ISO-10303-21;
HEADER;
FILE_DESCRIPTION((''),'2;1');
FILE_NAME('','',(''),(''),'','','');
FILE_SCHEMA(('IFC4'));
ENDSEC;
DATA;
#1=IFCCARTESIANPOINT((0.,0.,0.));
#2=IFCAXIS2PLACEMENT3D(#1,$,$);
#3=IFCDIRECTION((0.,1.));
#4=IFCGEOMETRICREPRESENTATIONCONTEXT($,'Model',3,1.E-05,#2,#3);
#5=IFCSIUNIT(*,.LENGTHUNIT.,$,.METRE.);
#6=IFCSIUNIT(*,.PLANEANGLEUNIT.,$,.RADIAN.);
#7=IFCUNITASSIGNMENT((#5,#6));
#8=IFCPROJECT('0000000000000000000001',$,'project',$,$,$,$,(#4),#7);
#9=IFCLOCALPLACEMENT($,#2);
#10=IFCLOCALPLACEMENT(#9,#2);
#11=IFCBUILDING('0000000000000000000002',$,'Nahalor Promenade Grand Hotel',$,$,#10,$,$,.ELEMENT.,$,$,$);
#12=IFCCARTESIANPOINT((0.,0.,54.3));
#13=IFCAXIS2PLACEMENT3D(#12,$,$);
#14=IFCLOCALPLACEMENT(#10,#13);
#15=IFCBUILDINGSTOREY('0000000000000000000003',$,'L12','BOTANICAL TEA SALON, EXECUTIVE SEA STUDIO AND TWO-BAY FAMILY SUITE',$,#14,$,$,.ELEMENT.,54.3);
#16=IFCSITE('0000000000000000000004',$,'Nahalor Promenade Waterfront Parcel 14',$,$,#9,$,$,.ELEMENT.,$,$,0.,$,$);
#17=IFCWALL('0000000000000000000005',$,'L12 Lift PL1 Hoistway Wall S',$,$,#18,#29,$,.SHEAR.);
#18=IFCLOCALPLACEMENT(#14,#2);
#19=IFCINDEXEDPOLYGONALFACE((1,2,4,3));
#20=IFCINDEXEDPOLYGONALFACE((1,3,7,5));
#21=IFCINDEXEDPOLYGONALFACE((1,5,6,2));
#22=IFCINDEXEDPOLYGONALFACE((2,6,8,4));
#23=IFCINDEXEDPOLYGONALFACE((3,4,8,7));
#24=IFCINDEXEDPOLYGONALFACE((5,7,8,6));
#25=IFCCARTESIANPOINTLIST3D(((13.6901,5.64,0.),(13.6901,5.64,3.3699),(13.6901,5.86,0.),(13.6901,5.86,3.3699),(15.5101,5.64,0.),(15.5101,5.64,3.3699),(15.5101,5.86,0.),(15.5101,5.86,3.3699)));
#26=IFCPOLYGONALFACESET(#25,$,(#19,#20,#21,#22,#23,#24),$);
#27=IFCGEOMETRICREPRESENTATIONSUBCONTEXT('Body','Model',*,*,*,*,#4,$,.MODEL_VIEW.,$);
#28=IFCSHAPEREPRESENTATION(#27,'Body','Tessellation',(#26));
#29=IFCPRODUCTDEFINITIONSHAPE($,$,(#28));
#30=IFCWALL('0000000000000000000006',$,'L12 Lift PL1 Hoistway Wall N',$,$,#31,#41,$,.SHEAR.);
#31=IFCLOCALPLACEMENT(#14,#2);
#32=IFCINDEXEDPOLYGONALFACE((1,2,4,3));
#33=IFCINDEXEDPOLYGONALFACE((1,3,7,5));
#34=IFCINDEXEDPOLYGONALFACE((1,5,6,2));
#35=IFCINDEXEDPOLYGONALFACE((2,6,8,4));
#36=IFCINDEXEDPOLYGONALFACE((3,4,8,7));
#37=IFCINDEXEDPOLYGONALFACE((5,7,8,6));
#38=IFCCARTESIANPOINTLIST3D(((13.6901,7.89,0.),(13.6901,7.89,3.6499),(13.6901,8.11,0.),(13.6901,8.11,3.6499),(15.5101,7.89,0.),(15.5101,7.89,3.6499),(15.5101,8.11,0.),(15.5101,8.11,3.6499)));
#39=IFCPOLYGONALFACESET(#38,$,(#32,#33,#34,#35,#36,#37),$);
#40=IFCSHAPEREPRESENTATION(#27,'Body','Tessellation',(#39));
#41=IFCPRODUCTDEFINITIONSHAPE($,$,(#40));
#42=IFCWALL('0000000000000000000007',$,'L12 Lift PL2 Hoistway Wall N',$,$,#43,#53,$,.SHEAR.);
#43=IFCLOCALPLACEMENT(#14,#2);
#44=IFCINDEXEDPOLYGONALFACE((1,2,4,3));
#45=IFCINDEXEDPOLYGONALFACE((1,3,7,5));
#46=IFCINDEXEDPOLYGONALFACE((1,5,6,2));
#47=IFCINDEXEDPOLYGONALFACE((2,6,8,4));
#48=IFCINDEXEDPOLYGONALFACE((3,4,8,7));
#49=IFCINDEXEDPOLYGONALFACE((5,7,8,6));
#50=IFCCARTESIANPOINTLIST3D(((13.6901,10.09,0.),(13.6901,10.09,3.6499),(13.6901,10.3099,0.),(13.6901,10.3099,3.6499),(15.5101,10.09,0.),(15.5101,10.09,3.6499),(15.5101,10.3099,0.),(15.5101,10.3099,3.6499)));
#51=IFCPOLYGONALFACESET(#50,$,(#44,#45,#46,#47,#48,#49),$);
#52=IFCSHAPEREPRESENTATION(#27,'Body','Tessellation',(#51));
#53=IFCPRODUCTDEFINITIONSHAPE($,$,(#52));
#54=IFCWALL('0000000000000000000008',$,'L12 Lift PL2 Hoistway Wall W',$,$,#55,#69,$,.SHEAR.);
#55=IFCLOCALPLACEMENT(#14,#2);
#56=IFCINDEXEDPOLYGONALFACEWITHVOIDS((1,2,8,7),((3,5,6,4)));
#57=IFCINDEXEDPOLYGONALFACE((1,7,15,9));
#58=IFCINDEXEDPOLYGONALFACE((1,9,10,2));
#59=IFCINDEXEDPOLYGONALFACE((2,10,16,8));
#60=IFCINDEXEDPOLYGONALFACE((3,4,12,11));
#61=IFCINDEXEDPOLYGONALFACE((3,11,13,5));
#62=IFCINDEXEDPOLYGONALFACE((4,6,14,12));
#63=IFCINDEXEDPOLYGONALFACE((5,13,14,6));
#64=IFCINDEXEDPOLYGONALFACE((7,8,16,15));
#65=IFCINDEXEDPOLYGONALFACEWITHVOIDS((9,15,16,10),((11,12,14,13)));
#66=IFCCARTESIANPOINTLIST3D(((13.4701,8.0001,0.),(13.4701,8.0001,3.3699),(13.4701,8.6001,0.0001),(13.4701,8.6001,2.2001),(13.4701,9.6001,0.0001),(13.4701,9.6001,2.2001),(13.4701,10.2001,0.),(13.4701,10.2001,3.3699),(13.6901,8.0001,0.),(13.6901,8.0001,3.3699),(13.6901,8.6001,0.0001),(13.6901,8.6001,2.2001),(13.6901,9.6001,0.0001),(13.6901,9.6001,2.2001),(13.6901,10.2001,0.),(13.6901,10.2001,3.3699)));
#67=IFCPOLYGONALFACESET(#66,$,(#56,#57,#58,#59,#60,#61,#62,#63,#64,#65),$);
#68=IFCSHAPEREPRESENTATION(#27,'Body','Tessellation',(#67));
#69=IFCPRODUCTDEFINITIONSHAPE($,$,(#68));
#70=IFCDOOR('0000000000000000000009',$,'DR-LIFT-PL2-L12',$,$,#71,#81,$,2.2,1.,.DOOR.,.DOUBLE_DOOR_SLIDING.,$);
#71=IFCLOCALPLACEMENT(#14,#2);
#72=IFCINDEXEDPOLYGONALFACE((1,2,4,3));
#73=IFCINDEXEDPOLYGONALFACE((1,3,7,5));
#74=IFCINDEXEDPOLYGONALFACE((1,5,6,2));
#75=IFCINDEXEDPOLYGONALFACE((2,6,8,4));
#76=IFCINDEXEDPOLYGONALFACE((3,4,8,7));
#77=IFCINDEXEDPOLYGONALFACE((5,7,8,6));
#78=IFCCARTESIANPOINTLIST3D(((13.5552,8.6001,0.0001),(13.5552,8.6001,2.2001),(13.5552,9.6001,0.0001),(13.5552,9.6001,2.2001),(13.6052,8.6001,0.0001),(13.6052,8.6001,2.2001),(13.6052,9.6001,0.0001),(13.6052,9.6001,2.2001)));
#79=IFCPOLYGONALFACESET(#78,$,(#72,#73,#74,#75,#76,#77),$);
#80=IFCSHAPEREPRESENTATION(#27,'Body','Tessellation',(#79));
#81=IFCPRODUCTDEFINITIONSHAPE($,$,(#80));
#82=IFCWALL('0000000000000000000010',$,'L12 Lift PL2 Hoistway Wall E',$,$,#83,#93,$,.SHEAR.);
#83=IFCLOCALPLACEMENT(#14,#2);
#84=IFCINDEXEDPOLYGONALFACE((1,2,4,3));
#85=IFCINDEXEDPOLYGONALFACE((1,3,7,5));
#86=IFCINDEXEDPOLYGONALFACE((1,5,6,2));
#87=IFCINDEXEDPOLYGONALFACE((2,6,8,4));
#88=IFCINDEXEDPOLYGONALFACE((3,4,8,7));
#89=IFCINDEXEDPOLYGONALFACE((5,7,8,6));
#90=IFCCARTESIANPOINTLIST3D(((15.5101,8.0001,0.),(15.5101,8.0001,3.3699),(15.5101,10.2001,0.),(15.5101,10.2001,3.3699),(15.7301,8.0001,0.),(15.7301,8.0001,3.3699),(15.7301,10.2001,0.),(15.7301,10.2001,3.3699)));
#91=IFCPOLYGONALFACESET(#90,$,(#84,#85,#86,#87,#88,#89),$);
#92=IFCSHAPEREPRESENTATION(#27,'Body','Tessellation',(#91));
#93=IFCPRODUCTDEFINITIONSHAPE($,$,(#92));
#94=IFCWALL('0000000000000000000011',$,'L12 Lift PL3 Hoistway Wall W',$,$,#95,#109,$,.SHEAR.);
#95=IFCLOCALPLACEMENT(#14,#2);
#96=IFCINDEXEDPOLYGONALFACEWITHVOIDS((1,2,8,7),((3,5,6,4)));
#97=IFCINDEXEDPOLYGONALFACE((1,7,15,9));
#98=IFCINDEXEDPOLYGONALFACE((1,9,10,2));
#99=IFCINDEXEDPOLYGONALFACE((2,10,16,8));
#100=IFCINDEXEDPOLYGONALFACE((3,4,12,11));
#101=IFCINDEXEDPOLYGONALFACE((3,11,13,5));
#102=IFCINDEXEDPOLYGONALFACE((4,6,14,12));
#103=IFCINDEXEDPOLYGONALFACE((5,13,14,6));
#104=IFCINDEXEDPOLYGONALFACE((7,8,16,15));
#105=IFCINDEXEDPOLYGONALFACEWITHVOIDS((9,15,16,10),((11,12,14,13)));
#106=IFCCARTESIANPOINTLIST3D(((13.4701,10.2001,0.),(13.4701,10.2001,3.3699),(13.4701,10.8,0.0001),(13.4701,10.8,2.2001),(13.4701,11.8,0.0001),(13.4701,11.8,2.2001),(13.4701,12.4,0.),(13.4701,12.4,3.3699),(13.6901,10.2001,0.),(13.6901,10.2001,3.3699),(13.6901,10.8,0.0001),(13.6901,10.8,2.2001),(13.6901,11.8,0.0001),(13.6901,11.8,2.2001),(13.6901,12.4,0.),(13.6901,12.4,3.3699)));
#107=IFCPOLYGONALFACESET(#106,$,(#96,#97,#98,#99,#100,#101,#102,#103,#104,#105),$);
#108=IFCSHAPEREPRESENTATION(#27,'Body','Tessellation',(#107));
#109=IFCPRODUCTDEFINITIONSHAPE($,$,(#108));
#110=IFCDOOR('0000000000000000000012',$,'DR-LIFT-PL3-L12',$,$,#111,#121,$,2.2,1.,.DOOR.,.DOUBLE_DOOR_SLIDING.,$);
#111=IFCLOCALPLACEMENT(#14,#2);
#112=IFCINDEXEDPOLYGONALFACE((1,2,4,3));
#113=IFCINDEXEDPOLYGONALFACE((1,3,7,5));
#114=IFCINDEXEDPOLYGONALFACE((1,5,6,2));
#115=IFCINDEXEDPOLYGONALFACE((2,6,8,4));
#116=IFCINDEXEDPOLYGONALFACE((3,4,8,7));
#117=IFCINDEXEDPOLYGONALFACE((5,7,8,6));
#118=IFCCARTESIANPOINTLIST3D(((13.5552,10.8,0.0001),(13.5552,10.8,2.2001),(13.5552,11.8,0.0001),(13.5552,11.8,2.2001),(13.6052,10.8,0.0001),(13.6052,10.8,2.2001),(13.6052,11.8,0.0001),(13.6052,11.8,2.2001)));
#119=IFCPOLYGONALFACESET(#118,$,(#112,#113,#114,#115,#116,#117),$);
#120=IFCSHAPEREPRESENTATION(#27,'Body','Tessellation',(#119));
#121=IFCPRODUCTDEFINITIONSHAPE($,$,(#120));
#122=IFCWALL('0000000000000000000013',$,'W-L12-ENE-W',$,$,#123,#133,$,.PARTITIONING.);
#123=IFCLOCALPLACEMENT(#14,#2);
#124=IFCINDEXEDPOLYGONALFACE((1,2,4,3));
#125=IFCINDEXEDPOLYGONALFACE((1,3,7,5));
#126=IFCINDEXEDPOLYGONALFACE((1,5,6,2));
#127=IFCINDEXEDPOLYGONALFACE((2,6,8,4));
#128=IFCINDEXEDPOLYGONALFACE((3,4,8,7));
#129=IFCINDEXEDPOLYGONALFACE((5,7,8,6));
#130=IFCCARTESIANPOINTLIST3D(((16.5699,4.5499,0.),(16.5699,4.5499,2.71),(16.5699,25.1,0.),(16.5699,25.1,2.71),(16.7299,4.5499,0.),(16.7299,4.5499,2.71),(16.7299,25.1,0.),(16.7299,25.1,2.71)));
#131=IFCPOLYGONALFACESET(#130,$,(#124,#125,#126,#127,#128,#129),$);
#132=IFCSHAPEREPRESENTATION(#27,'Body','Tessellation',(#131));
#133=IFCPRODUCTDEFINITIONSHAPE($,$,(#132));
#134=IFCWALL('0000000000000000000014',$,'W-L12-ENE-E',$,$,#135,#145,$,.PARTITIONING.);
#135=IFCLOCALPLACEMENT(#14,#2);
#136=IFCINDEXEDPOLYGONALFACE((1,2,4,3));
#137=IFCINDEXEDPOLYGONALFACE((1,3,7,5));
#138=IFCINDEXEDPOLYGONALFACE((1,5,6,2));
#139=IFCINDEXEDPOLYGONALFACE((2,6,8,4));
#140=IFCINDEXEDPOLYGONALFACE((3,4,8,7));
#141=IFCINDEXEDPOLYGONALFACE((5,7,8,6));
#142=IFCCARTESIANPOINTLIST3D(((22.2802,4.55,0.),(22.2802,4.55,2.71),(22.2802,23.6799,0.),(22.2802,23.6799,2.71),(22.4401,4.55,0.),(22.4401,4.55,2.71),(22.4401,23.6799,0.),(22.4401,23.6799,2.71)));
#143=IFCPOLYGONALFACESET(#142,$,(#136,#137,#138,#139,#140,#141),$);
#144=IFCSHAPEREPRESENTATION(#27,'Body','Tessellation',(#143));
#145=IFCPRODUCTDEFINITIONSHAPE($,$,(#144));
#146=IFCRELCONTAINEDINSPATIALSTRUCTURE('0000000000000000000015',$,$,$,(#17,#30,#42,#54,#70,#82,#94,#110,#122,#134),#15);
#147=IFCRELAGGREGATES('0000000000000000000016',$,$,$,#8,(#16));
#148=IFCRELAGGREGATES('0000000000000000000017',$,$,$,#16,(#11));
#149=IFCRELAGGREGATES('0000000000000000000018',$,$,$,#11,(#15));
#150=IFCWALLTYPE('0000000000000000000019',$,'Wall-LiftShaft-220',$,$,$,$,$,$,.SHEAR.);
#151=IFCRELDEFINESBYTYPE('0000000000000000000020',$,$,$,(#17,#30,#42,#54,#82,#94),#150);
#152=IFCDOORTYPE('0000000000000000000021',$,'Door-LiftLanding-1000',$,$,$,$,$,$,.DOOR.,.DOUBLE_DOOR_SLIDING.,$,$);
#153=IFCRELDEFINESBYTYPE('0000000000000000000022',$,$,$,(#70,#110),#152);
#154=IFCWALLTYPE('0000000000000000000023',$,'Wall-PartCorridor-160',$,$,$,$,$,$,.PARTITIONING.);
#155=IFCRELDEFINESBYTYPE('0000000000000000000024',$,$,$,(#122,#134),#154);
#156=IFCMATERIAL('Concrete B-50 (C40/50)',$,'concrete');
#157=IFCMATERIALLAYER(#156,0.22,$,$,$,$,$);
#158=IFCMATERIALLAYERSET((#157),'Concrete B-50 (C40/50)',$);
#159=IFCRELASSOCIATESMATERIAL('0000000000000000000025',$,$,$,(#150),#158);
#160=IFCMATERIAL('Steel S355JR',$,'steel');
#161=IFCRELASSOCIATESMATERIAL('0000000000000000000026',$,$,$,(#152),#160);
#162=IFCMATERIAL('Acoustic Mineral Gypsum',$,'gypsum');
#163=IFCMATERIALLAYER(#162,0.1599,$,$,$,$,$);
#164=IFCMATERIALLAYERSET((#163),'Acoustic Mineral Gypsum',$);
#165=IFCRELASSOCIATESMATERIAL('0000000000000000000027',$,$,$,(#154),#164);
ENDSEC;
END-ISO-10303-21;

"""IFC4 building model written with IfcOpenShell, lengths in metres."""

from ifc_helpers import new_model, si_unit, direction, frame, frame_2d, origin, place, context, subcontext, project, spatial, rectangle, extrude, source, transform, mapped, material, layer, layer_set, type_object, element, fill, save


model = new_model("IFC4")

# Units and contexts
model_context = context("Model", 3, precision=1e-05, world=origin(), true_north=direction((0.0, 1.0)))
body_context = subcontext(model_context, "Body", "Model", "MODEL_VIEW")
ifc_project = project(units=[si_unit("LENGTHUNIT", "METRE"), si_unit("PLANEANGLEUNIT", "RADIAN")], contexts=[model_context])

# Site, building, storey
site_placement = place(None, origin())
site = spatial("IfcSite", under=ifc_project, at=site_placement, Name="Nahalor Promenade Waterfront Parcel 14", CompositionType="ELEMENT", RefElevation=0.0)
building_placement = place(site_placement, origin())
building = spatial("IfcBuilding", under=site, at=building_placement, Name="Nahalor Promenade Grand Hotel", CompositionType="ELEMENT")
storey_placement = place(building_placement, frame((0.0, 0.0, 54.3)))
storey = spatial("IfcBuildingStorey", under=building, at=storey_placement, Name="L12", Description="BOTANICAL TEA SALON, EXECUTIVE SEA STUDIO AND TWO-BAY FAMILY SUITE", CompositionType="ELEMENT", Elevation=54.3)

# Shared definitions
ifc_material_1 = material(Name="Steel S355JR", Category="steel")

# Walls
ifc_material_2 = material(Name="Concrete B-50 (C40/50)", Category="concrete")
ifc_layer_1 = layer(ifc_material_2, 0.22)
ifc_layer_set_1 = layer_set([ifc_layer_1], Name="Concrete B-50 (C40/50)")
wall_type_1 = type_object("IfcWallType", Name="Wall-LiftShaft-220", PredefinedType="SHEAR", material=ifc_layer_set_1)
shared_shape_1 = source(origin(), body_context, "Body", "SweptSolid", [
    extrude(rectangle(XDim=1.8201, YDim=0.22, at=frame_2d((0.9102, 0.0))), origin(), (0.0, 0.0, 1.0), 3.3699),
])
wall_1_placement = place(storey_placement, frame((13.6899, 5.75, 0.0), z_axis=(0.0, 0.0, 1.0), x_axis=(1.0, 0.0, 0.0)))
element("IfcWall", 1, at=wall_1_placement, inside=storey, type_object=wall_type_1, Name="L12 Lift PL1 Hoistway Wall S", PredefinedType="SHEAR", context=body_context, shape_type="MappedRepresentation", body=[
    mapped(shared_shape_1, transform((0.0, 0.0, 0.0), scale=1.0)),
])
shared_shape_2 = source(origin(), body_context, "Body", "SweptSolid", [
    extrude(rectangle(XDim=1.8201, YDim=0.22, at=frame_2d((0.9102, 0.0))), origin(), (0.0, 0.0, 1.0), 3.6499),
])
for number, where, z_axis, x_axis, name in (
    (2, (13.6899, 8.0, 0.0), (0.0, 0.0, 1.0), (1.0, 0.0, 0.0), "L12 Lift PL1 Hoistway Wall N"),
    (3, (13.6899, 10.2, 0.0), (0.0, 0.0, 1.0), (1.0, 0.0, 0.0), "L12 Lift PL2 Hoistway Wall N"),
):
    element("IfcWall", number, at=place(storey_placement, frame(where, z_axis=z_axis, x_axis=x_axis)), inside=storey, type_object=wall_type_1, Name=name, PredefinedType="SHEAR", context=body_context, shape_type="MappedRepresentation", body=[
        mapped(shared_shape_2, transform((0.0, 0.0, 0.0), scale=1.0)),
    ])

# Wall, opening, door
shared_shape_3 = source(origin(), body_context, "Body", "SweptSolid", [
    extrude(rectangle(XDim=2.2, YDim=0.22, at=frame_2d((1.1001, 0.0))), origin(), (0.0, 0.0, 1.0), 3.3699),
])
wall_2_placement = place(storey_placement, frame((13.5801, 8.0, 0.0), z_axis=(0.0, 0.0, 1.0), x_axis=(0.0, 1.0, 0.0)))
wall_2 = element("IfcWall", 4, at=wall_2_placement, inside=storey, type_object=wall_type_1, Name="L12 Lift PL2 Hoistway Wall W", PredefinedType="SHEAR", context=body_context, shape_type="MappedRepresentation", body=[
    mapped(shared_shape_3, transform((0.0, 0.0, 0.0), scale=1.0)),
])
opening_1_placement = place(wall_2_placement, frame((0.6001, 0.0, 0.0)))
opening_1 = element("IfcOpeningElement", 5, at=opening_1_placement, cuts=wall_2, PredefinedType="OPENING", context=body_context, shape_type="SweptSolid", body=[
    extrude(rectangle(XDim=1.0, YDim=2.2, at=frame_2d((0.5, 1.1001))), frame((0.0, 0.1199, 0.0), z_axis=(0.0, -1.0, 0.0), x_axis=(1.0, 0.0, 0.0)), (0.0, 0.0, 1.0), 0.24),
])
door_type_1 = type_object("IfcDoorType", Name="Door-LiftLanding-1000", OperationType="DOUBLE_DOOR_SLIDING", PredefinedType="DOOR", material=ifc_material_1)
shared_shape_4 = source(origin(), body_context, "Body", "SweptSolid", [
    extrude(rectangle(XDim=1.0, YDim=2.2, at=frame_2d((0.5, 1.1001))), frame((0.0, 0.0249, 0.0), z_axis=(0.0, -1.0, 0.0), x_axis=(1.0, 0.0, 0.0)), (0.0, 0.0, 1.0), 0.05),
])
door_1_placement = place(opening_1_placement, origin())
door_1 = element("IfcDoor", 6, at=door_1_placement, inside=storey, type_object=door_type_1, Name="DR-LIFT-PL2-L12", OperationType="DOUBLE_DOOR_SLIDING", OverallHeight=2.2, OverallWidth=1.0, PredefinedType="DOOR", context=body_context, shape_type="MappedRepresentation", body=[
    mapped(shared_shape_4, transform((0.0, 0.0, 0.0), scale=1.0)),
])
fill(opening_1, door_1)

# Wall
wall_3_placement = place(storey_placement, frame((15.6201, 8.0, 0.0), z_axis=(0.0, 0.0, 1.0), x_axis=(0.0, 1.0, 0.0)))
element("IfcWall", 7, at=wall_3_placement, inside=storey, type_object=wall_type_1, Name="L12 Lift PL2 Hoistway Wall E", PredefinedType="SHEAR", context=body_context, shape_type="MappedRepresentation", body=[
    mapped(shared_shape_3, transform((0.0, 0.0, 0.0), scale=1.0)),
])

# Wall, opening, door
wall_4_placement = place(storey_placement, frame((13.5801, 10.2, 0.0), z_axis=(0.0, 0.0, 1.0), x_axis=(0.0, 1.0, 0.0)))
wall_4 = element("IfcWall", 8, at=wall_4_placement, inside=storey, type_object=wall_type_1, Name="L12 Lift PL3 Hoistway Wall W", PredefinedType="SHEAR", context=body_context, shape_type="MappedRepresentation", body=[
    mapped(shared_shape_3, transform((0.0, 0.0, 0.0), scale=1.0)),
])
opening_2_placement = place(wall_4_placement, frame((0.6001, 0.0, 0.0)))
opening_2 = element("IfcOpeningElement", 9, at=opening_2_placement, cuts=wall_4, PredefinedType="OPENING", context=body_context, shape_type="SweptSolid", body=[
    extrude(rectangle(XDim=1.0, YDim=2.2, at=frame_2d((0.5, 1.1001))), frame((0.0, 0.1199, 0.0), z_axis=(0.0, -1.0, 0.0), x_axis=(1.0, 0.0, 0.0)), (0.0, 0.0, 1.0), 0.24),
])
door_2_placement = place(opening_2_placement, origin())
door_2 = element("IfcDoor", 10, at=door_2_placement, inside=storey, type_object=door_type_1, Name="DR-LIFT-PL3-L12", OperationType="DOUBLE_DOOR_SLIDING", OverallHeight=2.2, OverallWidth=1.0, PredefinedType="DOOR", context=body_context, shape_type="MappedRepresentation", body=[
    mapped(shared_shape_4, transform((0.0, 0.0, 0.0), scale=1.0)),
])
fill(opening_2, door_2)
ifc_material_3 = material(Name="Acoustic Mineral Gypsum", Category="gypsum")
ifc_layer_2 = layer(ifc_material_3, 0.1599)
ifc_layer_set_2 = layer_set([ifc_layer_2], Name="Acoustic Mineral Gypsum")
wall_type_2 = type_object("IfcWallType", Name="Wall-PartCorridor-160", PredefinedType="PARTITIONING", material=ifc_layer_set_2)

# Walls
shared_shape_5 = source(origin(), body_context, "Body", "SweptSolid", [
    extrude(rectangle(XDim=20.55, YDim=0.1599, at=frame_2d((10.2749, 0.0))), origin(), (0.0, 0.0, 1.0), 2.71),
])
wall_5_placement = place(storey_placement, frame((16.6499, 4.55, 0.0), z_axis=(0.0, 0.0, 1.0), x_axis=(0.0, 1.0, 0.0)))
element("IfcWall", 11, at=wall_5_placement, inside=storey, type_object=wall_type_2, Name="W-L12-ENE-W", PredefinedType="PARTITIONING", context=body_context, shape_type="MappedRepresentation", body=[
    mapped(shared_shape_5, transform((0.0, 0.0, 0.0), scale=1.0)),
])
shared_shape_6 = source(origin(), body_context, "Body", "SweptSolid", [
    extrude(rectangle(XDim=19.1299, YDim=0.1599, at=frame_2d((9.5649, 0.0))), origin(), (0.0, 0.0, 1.0), 2.71),
])
wall_6_placement = place(storey_placement, frame((22.3601, 4.55, 0.0), z_axis=(0.0, 0.0, 1.0), x_axis=(0.0, 1.0, 0.0)))
element("IfcWall", 12, at=wall_6_placement, inside=storey, type_object=wall_type_2, Name="W-L12-ENE-E", PredefinedType="PARTITIONING", context=body_context, shape_type="MappedRepresentation", body=[
    mapped(shared_shape_6, transform((0.0, 0.0, 0.0), scale=1.0)),
])

save(model, "model.ifc")
